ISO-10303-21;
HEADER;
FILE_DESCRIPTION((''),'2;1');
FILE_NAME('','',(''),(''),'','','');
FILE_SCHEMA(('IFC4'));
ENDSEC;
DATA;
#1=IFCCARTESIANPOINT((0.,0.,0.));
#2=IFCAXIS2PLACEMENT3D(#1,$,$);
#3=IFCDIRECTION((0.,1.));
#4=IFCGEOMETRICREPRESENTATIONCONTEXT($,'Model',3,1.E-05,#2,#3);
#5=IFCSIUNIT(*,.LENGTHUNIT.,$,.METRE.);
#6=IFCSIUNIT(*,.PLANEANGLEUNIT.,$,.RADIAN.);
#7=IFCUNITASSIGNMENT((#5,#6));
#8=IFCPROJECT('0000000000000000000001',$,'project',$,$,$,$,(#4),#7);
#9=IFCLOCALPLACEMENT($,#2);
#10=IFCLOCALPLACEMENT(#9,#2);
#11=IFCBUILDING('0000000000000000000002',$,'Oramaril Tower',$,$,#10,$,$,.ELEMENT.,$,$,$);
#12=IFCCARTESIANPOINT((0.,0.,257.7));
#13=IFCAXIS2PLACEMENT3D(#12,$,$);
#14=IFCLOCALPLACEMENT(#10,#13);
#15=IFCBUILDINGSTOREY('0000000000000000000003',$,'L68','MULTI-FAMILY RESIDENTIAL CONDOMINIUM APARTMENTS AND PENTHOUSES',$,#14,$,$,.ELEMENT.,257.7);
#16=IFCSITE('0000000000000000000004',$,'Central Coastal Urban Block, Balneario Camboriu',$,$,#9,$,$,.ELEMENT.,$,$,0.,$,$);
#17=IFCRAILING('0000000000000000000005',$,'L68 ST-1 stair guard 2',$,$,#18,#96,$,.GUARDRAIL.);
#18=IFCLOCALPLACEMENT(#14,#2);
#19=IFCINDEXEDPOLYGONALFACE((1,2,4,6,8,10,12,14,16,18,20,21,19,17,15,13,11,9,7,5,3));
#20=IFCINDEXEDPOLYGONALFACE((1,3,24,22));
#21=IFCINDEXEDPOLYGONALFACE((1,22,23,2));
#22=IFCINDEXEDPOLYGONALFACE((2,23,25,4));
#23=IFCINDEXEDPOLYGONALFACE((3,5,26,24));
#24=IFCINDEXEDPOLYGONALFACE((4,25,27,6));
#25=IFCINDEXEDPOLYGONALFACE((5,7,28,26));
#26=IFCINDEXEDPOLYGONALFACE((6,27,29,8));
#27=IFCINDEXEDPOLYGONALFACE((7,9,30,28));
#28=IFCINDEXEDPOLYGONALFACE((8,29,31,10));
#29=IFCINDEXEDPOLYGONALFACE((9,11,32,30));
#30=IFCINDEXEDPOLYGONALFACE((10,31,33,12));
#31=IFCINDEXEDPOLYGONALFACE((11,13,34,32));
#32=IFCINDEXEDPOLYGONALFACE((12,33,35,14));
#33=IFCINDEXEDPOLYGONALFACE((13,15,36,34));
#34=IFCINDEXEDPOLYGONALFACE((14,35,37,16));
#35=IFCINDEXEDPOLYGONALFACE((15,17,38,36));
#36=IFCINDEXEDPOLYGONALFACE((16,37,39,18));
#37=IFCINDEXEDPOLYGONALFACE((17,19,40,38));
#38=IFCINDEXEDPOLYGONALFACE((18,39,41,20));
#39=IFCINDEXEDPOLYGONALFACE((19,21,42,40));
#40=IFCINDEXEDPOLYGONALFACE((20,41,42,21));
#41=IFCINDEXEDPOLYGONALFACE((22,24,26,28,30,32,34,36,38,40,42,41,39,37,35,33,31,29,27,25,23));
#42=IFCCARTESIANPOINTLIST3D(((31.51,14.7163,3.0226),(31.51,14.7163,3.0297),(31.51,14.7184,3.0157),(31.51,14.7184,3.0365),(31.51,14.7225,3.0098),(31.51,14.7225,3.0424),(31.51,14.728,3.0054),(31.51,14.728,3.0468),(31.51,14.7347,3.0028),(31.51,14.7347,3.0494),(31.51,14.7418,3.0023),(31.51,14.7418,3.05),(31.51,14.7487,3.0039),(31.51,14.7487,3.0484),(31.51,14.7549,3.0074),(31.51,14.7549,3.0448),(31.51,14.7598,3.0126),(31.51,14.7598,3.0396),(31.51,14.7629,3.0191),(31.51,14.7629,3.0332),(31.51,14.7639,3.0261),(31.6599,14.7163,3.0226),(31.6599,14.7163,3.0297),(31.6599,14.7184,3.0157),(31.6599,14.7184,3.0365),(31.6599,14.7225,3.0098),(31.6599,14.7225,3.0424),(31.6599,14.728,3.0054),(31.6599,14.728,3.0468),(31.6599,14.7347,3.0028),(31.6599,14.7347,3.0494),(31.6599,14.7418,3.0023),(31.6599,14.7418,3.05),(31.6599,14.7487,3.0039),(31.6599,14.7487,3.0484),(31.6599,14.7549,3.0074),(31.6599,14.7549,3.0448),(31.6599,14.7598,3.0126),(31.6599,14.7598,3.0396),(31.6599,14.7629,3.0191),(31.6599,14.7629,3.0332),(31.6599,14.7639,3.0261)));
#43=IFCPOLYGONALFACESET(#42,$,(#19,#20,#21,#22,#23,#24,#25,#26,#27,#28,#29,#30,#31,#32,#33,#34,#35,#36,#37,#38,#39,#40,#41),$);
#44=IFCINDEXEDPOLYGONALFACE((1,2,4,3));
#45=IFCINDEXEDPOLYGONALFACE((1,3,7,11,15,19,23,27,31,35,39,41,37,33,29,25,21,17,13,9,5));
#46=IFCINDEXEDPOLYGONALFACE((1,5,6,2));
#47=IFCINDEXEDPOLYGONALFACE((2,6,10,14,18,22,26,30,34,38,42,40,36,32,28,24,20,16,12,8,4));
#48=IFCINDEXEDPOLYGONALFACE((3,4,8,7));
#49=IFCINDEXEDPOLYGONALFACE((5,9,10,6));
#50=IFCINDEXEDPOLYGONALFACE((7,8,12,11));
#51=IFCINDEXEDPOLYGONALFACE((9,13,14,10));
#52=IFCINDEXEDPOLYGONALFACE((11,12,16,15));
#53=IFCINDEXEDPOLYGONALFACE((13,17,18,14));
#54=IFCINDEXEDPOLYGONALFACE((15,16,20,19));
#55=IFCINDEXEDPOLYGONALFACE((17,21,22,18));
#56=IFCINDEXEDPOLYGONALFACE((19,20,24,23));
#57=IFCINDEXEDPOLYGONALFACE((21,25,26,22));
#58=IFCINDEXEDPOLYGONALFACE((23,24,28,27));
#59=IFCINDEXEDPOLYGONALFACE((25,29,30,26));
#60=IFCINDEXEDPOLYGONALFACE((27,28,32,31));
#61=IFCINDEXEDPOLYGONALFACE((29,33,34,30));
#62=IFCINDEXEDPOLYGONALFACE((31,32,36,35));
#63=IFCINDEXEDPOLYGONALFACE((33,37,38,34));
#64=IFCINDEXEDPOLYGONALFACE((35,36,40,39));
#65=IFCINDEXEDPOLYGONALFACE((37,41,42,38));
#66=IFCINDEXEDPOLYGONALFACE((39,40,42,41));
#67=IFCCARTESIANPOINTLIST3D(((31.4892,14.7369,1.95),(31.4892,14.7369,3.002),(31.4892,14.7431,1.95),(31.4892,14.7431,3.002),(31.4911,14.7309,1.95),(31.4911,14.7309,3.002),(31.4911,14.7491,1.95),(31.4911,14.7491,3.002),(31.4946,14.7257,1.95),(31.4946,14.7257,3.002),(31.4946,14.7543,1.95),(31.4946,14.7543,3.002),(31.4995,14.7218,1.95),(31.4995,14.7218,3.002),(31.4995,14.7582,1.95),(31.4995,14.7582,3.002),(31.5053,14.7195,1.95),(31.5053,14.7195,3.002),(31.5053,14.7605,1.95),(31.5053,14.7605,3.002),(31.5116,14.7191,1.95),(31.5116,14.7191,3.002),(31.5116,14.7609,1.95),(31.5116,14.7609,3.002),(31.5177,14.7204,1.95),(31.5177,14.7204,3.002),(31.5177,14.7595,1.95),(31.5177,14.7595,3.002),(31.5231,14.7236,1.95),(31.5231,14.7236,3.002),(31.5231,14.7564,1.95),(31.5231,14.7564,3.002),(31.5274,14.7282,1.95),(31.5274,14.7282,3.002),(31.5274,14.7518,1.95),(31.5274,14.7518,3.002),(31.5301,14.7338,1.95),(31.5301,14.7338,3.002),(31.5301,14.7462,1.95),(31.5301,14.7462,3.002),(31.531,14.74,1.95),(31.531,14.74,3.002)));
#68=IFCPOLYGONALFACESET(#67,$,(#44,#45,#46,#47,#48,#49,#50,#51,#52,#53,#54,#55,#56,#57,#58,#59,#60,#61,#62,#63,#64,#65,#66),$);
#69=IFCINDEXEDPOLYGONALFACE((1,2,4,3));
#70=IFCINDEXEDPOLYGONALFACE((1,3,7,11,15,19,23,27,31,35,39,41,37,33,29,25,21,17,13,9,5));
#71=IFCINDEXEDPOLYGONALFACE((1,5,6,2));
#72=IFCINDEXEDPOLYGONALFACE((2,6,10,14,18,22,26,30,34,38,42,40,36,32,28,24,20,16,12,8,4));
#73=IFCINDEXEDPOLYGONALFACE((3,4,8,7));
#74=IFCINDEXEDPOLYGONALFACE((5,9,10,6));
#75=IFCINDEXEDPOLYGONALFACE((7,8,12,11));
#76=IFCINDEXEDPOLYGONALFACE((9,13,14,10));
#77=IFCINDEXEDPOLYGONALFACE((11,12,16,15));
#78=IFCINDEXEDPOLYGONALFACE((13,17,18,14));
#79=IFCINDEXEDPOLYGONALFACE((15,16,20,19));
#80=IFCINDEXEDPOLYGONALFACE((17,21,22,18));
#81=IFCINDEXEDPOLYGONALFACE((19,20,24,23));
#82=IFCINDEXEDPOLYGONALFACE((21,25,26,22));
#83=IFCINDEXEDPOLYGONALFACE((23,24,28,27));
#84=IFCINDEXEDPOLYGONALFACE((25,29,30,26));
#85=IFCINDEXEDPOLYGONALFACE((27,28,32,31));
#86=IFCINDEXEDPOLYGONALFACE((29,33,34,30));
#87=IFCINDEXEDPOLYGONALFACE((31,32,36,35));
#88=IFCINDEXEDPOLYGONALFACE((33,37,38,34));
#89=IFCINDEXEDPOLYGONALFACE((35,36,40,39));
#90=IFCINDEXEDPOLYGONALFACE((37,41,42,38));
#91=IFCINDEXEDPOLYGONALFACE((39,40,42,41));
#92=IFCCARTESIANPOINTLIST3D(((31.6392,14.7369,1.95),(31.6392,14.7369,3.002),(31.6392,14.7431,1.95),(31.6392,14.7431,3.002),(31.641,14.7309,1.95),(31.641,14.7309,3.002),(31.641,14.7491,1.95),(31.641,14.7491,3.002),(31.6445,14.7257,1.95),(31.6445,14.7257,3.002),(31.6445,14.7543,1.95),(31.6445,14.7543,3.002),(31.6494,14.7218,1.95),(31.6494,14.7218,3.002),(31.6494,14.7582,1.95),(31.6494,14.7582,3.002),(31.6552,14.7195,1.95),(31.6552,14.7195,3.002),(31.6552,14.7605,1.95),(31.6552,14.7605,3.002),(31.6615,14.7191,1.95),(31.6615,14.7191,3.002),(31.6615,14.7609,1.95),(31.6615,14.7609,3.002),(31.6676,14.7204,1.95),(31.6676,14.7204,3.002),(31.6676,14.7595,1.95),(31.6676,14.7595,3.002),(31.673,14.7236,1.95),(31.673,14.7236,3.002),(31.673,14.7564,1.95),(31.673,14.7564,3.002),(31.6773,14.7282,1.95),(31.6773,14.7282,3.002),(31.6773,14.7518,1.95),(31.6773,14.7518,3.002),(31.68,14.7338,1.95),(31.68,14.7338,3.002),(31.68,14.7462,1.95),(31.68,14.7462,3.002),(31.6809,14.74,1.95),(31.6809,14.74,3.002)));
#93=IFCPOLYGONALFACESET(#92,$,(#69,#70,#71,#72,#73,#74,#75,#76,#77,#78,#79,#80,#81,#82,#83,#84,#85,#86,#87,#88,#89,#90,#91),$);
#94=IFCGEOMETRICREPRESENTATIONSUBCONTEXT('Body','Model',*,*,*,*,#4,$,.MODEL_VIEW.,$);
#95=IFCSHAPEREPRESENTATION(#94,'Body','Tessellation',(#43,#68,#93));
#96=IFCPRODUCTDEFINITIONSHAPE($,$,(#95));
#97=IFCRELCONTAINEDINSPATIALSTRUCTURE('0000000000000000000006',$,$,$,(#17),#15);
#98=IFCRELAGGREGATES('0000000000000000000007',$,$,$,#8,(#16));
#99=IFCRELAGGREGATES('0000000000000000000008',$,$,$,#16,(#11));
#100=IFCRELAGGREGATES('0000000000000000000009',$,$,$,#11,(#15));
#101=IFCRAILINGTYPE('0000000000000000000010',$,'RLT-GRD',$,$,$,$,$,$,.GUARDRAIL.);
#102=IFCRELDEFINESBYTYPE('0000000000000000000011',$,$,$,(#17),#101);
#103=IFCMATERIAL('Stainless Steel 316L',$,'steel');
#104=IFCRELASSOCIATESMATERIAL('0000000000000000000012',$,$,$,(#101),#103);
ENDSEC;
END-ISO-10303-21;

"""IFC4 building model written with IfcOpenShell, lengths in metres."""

from ifc_helpers import new_model, si_unit, direction, frame, origin, origin_2d, place, context, subcontext, project, spatial, circle, extrude, material, type_object, element, save


model = new_model("IFC4")

# Units and contexts
model_context = context("Model", 3, precision=1e-05, world=origin(), true_north=direction((0.0, 1.0)))
body_context = subcontext(model_context, "Body", "Model", "MODEL_VIEW")
ifc_project = project(units=[si_unit("LENGTHUNIT", "METRE"), si_unit("PLANEANGLEUNIT", "RADIAN")], contexts=[model_context])

# Site, building, storey
site_placement = place(None, origin())
site = spatial("IfcSite", under=ifc_project, at=site_placement, Name="Central Coastal Urban Block, Balneario Camboriu", CompositionType="ELEMENT", RefElevation=0.0)
building_placement = place(site_placement, origin())
building = spatial("IfcBuilding", under=site, at=building_placement, Name="Oramaril Tower", CompositionType="ELEMENT")
storey_placement = place(building_placement, frame((0.0, 0.0, 257.7)))
storey = spatial("IfcBuildingStorey", under=building, at=storey_placement, Name="L68", Description="MULTI-FAMILY RESIDENTIAL CONDOMINIUM APARTMENTS AND PENTHOUSES", CompositionType="ELEMENT", Elevation=257.7)

# Railing
ifc_material_1 = material(Name="Stainless Steel 316L", Category="steel")
railing_type_1 = type_object("IfcRailingType", Name="RLT-GRD", PredefinedType="GUARDRAIL", material=ifc_material_1)
railing_1_placement = place(storey_placement, frame((31.51, 14.74, 1.95)))
element("IfcRailing", 1, at=railing_1_placement, inside=storey, type_object=railing_type_1, Name="L68 ST-1 stair guard 2", PredefinedType="GUARDRAIL", context=body_context, shape_type="SweptSolid", body=[
    extrude(circle(Radius=0.0239, at=origin_2d()), frame((0.0, 0.0, 1.0762), z_axis=(1.0, 0.0, 0.0), x_axis=(0.0, 1.0, 0.0)), (0.0, 0.0, 1.0), 0.1499),
    extrude(circle(Radius=0.021, at=origin_2d()), origin(), (0.0, 0.0, 1.0), 1.052),
    extrude(circle(Radius=0.021, at=origin_2d()), frame((0.1499, 0.0, 0.0)), (0.0, 0.0, 1.0), 1.052),
])

save(model, "model.ifc")
